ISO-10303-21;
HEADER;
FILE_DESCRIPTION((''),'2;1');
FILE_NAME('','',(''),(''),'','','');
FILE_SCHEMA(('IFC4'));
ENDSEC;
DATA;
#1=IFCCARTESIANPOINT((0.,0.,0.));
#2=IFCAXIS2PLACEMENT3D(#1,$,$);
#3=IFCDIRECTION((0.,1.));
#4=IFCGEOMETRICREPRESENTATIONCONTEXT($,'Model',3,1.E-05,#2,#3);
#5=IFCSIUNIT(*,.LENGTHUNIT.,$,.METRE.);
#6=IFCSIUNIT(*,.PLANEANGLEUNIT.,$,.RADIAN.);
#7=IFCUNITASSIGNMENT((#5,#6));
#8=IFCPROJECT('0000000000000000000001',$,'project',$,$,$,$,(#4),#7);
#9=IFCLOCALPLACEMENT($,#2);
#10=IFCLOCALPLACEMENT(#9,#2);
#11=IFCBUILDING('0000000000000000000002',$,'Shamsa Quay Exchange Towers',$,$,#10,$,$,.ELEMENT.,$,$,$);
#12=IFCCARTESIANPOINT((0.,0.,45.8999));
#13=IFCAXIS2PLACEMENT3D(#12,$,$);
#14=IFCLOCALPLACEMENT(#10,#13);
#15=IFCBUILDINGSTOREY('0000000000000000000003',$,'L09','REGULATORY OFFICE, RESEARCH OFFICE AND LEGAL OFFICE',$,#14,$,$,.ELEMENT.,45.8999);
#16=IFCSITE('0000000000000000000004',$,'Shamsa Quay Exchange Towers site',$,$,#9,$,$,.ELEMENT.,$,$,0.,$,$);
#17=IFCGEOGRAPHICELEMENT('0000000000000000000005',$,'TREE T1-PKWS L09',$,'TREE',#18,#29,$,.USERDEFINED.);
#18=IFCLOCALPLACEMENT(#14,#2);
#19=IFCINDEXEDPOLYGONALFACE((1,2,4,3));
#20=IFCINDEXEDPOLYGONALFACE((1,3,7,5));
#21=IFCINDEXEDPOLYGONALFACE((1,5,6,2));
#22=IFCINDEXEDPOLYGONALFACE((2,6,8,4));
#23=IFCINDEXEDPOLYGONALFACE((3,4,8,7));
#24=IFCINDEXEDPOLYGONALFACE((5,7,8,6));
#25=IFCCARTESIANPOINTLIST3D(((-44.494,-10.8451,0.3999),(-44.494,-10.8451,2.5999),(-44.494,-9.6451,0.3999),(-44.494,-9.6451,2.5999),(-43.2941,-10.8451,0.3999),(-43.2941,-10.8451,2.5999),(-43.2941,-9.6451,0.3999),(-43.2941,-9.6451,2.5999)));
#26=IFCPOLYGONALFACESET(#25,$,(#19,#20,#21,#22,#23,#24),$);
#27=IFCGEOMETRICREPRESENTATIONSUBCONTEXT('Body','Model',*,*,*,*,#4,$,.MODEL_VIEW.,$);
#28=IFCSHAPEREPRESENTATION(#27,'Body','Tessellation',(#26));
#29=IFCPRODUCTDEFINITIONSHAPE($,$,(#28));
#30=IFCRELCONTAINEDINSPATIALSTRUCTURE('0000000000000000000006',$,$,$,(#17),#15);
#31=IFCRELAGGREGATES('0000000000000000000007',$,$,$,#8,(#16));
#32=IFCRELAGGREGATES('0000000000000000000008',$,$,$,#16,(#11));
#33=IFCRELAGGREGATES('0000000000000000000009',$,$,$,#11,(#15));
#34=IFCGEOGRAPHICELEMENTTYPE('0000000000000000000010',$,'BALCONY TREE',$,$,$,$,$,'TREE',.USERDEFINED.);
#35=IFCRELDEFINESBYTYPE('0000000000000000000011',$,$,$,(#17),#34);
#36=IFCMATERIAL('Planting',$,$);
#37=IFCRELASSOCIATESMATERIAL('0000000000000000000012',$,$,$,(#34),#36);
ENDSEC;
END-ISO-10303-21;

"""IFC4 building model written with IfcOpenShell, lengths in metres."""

from ifc_helpers import new_model, si_unit, direction, frame, origin, origin_2d, place, context, subcontext, project, spatial, rectangle, extrude, material, type_object, element, save


model = new_model("IFC4")

# Units and contexts
model_context = context("Model", 3, precision=1e-05, world=origin(), true_north=direction((0.0, 1.0)))
body_context = subcontext(model_context, "Body", "Model", "MODEL_VIEW")
ifc_project = project(units=[si_unit("LENGTHUNIT", "METRE"), si_unit("PLANEANGLEUNIT", "RADIAN")], contexts=[model_context])

# Site, building, storey
site_placement = place(None, origin())
site = spatial("IfcSite", under=ifc_project, at=site_placement, Name="Shamsa Quay Exchange Towers site", CompositionType="ELEMENT", RefElevation=0.0)
building_placement = place(site_placement, origin())
building = spatial("IfcBuilding", under=site, at=building_placement, Name="Shamsa Quay Exchange Towers", CompositionType="ELEMENT")
storey_placement = place(building_placement, frame((0.0, 0.0, 45.8999)))
storey = spatial("IfcBuildingStorey", under=building, at=storey_placement, Name="L09", Description="REGULATORY OFFICE, RESEARCH OFFICE AND LEGAL OFFICE", CompositionType="ELEMENT", Elevation=45.8999)

# Geographic element
ifc_material_1 = material(Name="Planting")
geographic_element_type = type_object("IfcGeographicElementType", Name="BALCONY TREE", ElementType="TREE", PredefinedType="USERDEFINED", material=ifc_material_1)
geographic_element_placement = place(storey_placement, frame((-43.894, -10.2451, 0.3999)))
element("IfcGeographicElement", 1, at=geographic_element_placement, inside=storey, type_object=geographic_element_type, Name="TREE T1-PKWS L09", ObjectType="TREE", PredefinedType="USERDEFINED", context=body_context, shape_type="SweptSolid", body=[
    extrude(rectangle(XDim=1.2, YDim=1.2, at=origin_2d()), origin(), (0.0, 0.0, 1.0), 2.2),
])

save(model, "model.ifc")
